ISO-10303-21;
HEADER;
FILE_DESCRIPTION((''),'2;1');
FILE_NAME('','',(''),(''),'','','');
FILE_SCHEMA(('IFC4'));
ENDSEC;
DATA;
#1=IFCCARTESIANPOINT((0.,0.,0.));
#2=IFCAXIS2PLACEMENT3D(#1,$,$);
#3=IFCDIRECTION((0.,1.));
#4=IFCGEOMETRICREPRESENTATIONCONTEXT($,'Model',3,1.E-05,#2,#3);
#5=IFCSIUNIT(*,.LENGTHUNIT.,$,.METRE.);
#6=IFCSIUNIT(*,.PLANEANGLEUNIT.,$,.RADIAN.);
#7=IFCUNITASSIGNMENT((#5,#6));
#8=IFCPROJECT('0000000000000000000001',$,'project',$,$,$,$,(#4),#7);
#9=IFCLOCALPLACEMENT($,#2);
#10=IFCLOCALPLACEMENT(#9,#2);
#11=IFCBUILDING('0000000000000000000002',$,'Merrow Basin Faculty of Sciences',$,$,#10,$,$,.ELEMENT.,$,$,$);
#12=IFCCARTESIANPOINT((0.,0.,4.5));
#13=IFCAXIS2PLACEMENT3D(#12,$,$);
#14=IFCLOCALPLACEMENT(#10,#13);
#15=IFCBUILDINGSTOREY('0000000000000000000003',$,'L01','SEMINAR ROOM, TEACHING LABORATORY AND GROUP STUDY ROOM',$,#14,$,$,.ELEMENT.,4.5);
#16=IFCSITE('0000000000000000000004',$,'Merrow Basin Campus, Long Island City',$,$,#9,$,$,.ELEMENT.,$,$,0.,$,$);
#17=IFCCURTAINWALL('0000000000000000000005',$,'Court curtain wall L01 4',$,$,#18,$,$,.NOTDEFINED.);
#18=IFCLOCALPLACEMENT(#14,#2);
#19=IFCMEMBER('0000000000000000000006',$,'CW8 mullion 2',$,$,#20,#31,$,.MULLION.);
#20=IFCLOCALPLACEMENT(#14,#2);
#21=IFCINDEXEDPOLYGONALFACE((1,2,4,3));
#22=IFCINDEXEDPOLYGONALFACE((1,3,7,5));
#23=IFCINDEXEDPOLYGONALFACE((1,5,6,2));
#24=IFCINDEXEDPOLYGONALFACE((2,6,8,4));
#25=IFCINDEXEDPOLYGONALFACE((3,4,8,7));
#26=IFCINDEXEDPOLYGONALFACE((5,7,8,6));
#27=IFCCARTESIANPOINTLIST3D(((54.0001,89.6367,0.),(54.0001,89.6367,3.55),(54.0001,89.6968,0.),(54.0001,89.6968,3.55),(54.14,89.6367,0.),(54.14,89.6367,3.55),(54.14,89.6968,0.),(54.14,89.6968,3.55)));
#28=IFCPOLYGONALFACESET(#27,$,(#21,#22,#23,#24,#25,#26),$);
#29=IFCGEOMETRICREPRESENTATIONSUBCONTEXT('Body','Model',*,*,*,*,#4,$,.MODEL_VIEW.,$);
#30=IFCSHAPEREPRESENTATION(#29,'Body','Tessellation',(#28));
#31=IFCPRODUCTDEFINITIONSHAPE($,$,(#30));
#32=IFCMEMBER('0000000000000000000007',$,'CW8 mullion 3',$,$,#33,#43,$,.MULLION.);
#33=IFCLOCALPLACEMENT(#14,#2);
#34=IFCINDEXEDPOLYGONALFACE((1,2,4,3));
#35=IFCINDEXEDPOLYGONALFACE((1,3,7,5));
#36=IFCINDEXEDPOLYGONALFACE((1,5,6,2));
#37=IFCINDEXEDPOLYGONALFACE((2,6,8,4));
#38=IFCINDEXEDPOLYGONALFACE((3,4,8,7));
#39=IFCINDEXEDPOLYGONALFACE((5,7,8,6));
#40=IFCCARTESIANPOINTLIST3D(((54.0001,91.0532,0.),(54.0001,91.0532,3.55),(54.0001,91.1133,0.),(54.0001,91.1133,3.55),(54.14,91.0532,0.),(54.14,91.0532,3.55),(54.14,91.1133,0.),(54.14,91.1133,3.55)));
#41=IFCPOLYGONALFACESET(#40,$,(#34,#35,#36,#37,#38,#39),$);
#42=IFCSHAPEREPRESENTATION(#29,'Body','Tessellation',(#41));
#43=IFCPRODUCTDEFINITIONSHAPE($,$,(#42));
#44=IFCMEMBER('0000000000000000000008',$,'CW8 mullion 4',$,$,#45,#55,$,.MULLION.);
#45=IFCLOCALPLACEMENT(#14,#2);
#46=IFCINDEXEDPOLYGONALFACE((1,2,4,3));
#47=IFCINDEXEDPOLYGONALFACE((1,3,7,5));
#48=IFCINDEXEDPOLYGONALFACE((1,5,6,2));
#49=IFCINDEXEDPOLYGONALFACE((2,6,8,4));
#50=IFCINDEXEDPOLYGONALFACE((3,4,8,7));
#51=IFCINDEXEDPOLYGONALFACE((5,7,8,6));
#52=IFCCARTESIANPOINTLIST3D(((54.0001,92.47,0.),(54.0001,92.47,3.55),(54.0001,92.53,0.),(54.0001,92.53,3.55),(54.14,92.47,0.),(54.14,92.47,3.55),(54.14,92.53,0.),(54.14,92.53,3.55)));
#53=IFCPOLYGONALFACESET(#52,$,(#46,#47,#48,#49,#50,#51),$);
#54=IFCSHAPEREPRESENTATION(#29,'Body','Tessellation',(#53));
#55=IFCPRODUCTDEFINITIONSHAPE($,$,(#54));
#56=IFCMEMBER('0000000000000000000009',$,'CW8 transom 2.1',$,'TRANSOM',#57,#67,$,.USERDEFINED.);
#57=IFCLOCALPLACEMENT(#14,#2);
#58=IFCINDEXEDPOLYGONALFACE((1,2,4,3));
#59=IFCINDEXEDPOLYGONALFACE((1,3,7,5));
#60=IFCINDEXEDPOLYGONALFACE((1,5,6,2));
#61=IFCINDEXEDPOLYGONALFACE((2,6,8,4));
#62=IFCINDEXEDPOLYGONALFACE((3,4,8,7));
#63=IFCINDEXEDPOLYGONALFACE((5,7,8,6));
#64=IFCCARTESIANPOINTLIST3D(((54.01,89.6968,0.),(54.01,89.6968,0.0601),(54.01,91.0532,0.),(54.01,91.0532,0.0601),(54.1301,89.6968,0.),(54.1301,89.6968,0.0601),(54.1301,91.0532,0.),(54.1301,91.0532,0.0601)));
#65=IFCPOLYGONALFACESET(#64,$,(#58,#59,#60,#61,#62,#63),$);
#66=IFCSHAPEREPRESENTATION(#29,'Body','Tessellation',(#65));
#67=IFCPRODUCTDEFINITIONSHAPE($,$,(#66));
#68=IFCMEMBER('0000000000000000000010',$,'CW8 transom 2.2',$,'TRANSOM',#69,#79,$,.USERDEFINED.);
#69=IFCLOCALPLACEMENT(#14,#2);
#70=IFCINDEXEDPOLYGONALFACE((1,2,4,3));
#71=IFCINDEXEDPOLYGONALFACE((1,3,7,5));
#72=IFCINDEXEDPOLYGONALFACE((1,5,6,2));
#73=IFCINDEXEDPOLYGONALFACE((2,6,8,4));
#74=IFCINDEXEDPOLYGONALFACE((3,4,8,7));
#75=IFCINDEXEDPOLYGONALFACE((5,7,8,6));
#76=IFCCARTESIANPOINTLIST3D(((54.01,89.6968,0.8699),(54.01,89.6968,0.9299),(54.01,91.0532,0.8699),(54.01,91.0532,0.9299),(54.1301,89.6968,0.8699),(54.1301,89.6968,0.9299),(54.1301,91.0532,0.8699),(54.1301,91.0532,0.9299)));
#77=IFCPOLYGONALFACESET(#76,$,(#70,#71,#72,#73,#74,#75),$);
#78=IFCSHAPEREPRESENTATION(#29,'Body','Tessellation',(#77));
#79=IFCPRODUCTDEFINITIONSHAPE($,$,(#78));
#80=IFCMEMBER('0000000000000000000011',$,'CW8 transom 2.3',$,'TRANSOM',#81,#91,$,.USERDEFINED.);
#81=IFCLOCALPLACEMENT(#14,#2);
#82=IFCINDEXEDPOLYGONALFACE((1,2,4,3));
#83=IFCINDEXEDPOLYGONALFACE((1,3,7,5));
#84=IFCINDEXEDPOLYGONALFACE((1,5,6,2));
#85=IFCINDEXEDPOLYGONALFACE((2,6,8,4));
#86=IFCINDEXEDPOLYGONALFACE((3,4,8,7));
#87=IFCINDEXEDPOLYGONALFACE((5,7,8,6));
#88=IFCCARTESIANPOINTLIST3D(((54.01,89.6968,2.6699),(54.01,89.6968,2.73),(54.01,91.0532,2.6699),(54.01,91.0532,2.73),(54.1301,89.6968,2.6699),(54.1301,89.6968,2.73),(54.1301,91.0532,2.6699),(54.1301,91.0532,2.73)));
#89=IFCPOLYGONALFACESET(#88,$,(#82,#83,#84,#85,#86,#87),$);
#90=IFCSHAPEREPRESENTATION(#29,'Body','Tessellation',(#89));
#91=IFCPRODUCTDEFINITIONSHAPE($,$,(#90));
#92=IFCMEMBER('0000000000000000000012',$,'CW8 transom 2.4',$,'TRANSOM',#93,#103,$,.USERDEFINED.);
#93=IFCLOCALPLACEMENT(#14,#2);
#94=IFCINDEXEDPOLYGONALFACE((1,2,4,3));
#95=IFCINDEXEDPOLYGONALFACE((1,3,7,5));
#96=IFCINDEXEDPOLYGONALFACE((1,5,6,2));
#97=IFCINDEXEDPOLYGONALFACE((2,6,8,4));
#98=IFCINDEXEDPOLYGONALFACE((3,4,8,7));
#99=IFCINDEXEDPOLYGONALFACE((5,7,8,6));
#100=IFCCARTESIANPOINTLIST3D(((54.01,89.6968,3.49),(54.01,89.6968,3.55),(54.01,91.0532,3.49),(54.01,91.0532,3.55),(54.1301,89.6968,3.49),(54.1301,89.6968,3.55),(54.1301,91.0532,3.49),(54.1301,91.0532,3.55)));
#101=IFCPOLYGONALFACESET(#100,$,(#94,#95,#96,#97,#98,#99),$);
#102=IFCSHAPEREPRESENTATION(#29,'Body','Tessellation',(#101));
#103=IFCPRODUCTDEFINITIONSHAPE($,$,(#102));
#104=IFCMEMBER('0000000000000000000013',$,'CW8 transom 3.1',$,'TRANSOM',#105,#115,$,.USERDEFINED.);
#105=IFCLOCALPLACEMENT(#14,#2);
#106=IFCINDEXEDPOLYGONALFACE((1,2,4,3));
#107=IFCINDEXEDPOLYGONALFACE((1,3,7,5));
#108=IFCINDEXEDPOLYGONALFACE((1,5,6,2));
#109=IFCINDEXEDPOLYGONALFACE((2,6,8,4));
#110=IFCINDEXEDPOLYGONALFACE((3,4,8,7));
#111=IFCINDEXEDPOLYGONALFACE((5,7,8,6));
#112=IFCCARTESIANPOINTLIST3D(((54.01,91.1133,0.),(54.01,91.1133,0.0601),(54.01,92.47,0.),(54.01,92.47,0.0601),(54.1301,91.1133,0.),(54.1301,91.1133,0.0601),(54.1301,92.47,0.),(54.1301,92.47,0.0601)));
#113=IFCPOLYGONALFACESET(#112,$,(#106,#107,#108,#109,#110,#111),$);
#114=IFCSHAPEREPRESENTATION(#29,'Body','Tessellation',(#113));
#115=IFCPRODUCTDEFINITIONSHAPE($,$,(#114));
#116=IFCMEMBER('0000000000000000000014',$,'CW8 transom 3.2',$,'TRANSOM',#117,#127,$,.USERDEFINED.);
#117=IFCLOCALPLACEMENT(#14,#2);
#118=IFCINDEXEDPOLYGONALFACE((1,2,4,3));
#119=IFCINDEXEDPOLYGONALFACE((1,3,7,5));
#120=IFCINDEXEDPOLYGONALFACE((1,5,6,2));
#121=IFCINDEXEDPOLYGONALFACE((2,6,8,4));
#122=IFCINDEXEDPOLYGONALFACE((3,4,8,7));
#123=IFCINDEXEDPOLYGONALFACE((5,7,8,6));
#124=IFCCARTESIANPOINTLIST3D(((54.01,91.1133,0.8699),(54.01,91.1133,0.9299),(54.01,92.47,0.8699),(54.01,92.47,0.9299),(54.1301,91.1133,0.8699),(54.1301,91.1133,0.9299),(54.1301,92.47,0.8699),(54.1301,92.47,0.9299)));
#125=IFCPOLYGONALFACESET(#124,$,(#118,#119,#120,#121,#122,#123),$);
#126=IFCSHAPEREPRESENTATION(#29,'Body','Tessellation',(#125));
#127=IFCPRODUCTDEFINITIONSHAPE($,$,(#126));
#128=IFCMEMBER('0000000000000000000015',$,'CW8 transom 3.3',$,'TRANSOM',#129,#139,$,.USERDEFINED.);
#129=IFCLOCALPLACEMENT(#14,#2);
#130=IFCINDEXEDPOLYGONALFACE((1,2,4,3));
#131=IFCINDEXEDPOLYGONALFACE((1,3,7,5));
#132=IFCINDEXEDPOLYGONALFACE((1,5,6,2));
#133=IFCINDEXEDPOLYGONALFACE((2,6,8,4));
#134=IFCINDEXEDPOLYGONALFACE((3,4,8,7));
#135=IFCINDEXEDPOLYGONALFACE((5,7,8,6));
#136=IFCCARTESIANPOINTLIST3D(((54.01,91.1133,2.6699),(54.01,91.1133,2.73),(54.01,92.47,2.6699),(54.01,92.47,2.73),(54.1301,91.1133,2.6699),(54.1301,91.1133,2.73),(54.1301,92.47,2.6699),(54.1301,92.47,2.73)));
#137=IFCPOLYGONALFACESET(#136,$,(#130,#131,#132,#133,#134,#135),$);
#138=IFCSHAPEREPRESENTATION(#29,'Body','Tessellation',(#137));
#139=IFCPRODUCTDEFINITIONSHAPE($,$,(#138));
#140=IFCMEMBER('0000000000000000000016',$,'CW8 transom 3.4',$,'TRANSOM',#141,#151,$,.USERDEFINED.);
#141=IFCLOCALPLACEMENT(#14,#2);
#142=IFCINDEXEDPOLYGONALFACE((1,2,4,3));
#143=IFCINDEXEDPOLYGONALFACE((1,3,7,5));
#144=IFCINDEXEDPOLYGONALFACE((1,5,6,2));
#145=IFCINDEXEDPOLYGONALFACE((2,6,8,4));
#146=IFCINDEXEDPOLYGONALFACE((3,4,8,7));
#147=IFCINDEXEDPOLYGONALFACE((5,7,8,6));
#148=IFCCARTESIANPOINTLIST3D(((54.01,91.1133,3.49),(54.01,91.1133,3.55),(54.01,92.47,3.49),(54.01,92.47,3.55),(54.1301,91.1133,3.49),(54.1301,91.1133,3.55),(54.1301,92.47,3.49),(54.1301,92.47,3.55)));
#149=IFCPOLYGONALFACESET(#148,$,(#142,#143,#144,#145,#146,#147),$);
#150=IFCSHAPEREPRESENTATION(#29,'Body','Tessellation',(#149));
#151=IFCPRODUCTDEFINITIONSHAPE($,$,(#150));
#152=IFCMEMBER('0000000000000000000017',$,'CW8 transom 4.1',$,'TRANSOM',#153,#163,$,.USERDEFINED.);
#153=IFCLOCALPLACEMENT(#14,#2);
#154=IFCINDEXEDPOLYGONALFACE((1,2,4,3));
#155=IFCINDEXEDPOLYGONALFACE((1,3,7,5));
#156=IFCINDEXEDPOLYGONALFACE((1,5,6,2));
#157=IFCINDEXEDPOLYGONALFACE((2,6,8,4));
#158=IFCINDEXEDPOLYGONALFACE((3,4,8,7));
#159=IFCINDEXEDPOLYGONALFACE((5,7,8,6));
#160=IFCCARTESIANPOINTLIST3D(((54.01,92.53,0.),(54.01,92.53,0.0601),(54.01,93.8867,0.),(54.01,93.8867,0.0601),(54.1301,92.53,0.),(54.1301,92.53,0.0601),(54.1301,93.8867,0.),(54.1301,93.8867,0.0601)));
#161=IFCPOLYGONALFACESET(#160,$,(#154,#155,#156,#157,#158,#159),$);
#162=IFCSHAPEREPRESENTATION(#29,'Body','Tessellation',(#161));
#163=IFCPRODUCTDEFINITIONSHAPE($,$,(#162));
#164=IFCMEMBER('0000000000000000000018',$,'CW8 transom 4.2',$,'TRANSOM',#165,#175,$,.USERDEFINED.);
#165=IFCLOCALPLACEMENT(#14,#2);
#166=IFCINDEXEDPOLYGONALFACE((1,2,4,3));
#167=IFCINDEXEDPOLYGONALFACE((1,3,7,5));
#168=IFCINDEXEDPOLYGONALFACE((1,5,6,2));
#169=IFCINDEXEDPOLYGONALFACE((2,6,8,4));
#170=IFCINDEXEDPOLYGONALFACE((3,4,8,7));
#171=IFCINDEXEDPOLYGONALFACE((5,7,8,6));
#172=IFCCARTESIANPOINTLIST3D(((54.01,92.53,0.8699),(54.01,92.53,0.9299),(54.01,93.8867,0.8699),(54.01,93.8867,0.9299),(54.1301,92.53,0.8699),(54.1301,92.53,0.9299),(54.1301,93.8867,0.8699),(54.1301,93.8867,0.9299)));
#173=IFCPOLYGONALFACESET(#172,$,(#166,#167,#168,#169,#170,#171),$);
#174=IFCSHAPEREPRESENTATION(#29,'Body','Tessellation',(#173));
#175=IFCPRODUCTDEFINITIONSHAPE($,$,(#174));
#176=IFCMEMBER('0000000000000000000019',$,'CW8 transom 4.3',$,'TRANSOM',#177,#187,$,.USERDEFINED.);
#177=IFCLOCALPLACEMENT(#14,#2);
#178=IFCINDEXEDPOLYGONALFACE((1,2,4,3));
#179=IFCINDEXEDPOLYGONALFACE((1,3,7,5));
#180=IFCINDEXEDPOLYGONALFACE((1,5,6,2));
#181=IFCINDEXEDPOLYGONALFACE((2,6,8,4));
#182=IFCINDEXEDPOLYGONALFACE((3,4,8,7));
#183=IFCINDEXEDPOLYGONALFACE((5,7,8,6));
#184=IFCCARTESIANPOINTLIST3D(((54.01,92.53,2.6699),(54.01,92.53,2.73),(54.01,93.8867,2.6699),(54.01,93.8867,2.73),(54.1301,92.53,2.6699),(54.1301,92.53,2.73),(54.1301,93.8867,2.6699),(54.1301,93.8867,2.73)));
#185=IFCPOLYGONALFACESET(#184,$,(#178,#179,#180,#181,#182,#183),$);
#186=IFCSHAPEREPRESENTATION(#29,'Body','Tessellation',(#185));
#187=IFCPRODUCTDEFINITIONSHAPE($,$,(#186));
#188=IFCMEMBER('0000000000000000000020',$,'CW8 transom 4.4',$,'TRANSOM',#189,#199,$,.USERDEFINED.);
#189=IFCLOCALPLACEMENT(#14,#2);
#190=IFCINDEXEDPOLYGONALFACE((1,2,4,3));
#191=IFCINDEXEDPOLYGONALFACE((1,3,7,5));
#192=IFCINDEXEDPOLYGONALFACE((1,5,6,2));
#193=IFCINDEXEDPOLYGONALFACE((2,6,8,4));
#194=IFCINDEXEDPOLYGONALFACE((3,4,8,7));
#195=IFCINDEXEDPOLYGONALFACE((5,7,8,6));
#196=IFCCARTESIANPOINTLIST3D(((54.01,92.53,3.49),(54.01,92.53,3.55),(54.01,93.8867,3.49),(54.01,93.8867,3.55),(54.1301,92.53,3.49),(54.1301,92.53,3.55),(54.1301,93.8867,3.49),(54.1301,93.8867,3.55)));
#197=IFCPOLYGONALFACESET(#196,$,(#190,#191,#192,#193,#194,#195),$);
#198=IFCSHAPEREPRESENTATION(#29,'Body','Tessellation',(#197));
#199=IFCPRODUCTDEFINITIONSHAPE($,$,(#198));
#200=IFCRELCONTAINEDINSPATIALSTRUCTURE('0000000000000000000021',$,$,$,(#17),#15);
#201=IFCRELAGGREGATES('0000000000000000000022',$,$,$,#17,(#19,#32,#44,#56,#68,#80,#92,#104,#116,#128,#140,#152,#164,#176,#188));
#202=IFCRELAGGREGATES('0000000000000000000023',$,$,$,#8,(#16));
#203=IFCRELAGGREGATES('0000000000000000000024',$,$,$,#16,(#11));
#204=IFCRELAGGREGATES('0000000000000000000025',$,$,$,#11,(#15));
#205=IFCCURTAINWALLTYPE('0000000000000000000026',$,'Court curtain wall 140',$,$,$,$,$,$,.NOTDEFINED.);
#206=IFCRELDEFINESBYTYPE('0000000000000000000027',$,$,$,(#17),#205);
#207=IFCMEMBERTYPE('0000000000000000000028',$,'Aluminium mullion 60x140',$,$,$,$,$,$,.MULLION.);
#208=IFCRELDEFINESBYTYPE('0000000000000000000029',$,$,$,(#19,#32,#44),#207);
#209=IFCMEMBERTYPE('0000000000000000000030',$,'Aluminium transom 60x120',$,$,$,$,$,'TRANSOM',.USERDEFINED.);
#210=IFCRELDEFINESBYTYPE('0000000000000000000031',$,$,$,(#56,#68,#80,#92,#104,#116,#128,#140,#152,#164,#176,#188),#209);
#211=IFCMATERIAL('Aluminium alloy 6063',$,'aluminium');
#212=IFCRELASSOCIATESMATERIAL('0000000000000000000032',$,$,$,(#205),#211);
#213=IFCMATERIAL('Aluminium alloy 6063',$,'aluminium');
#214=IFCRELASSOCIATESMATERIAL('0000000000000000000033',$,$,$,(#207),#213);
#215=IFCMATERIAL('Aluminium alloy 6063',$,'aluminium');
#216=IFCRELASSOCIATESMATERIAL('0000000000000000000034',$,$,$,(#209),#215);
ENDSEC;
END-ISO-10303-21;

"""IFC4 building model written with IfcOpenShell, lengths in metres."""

from ifc_helpers import new_model, si_unit, direction, frame, origin, origin_2d, place, context, subcontext, project, spatial, rectangle, extrude, material, material_profile, profile_set, type_object, element, aggregate, save


model = new_model("IFC4")

# Units and contexts
model_context = context("Model", 3, precision=1e-05, world=origin(), true_north=direction((0.0, 1.0)))
body_context = subcontext(model_context, "Body", "Model", "MODEL_VIEW")
ifc_project = project(units=[si_unit("LENGTHUNIT", "METRE"), si_unit("PLANEANGLEUNIT", "RADIAN")], contexts=[model_context])

# Site, building, storey
site_placement = place(None, origin())
site = spatial("IfcSite", under=ifc_project, at=site_placement, Name="Merrow Basin Campus, Long Island City", CompositionType="ELEMENT", RefElevation=0.0)
building_placement = place(site_placement, origin())
building = spatial("IfcBuilding", under=site, at=building_placement, Name="Merrow Basin Faculty of Sciences", CompositionType="ELEMENT")
storey_placement = place(building_placement, frame((0.0, 0.0, 4.5)))
storey = spatial("IfcBuildingStorey", under=building, at=storey_placement, Name="L01", Description="SEMINAR ROOM, TEACHING LABORATORY AND GROUP STUDY ROOM", CompositionType="ELEMENT", Elevation=4.5)

# Curtain wall, members
ifc_material_1 = material(Name="Aluminium alloy 6063", Category="aluminium")
curtain_wall_type = type_object("IfcCurtainWallType", Name="Court curtain wall 140", PredefinedType="NOTDEFINED", material=ifc_material_1)
curtain_wall_placement = place(storey_placement, origin())
curtain_wall = element("IfcCurtainWall", 1, at=curtain_wall_placement, inside=storey, type_object=curtain_wall_type, Name="Court curtain wall L01 4", PredefinedType="NOTDEFINED")
ifc_material_2 = material(Name="Aluminium alloy 6063", Category="aluminium")
ifc_material_profile_1 = material_profile(ifc_material_2, rectangle(XDim=0.1399, YDim=0.0601, at=origin_2d()))
ifc_profile_set_1 = profile_set([ifc_material_profile_1], Name="Aluminium alloy 6063")
member_type_1 = type_object("IfcMemberType", Name="Aluminium mullion 60x140", PredefinedType="MULLION", material=ifc_profile_set_1)
member_1_placement = place(storey_placement, frame((54.0701, 89.6667, 0.0), z_axis=(0.0, 0.0, 1.0), x_axis=(-1.0, 0.0, 0.0)))
member_1 = element("IfcMember", 2, at=member_1_placement, type_object=member_type_1, Name="CW8 mullion 2", PredefinedType="MULLION", context=body_context, shape_type="SweptSolid", body=[
    extrude(rectangle(XDim=0.1399, YDim=0.0601, at=origin_2d()), origin(), (0.0, 0.0, 1.0), 3.55),
])
member_2_placement = place(storey_placement, frame((54.0701, 91.0833, 0.0), z_axis=(0.0, 0.0, 1.0), x_axis=(-1.0, 0.0, 0.0)))
member_2 = element("IfcMember", 3, at=member_2_placement, type_object=member_type_1, Name="CW8 mullion 3", PredefinedType="MULLION", context=body_context, shape_type="SweptSolid", body=[
    extrude(rectangle(XDim=0.1399, YDim=0.0601, at=origin_2d()), origin(), (0.0, 0.0, 1.0), 3.55),
])
member_3_placement = place(storey_placement, frame((54.0701, 92.5, 0.0), z_axis=(0.0, 0.0, 1.0), x_axis=(-1.0, 0.0, 0.0)))
member_3 = element("IfcMember", 4, at=member_3_placement, type_object=member_type_1, Name="CW8 mullion 4", PredefinedType="MULLION", context=body_context, shape_type="SweptSolid", body=[
    extrude(rectangle(XDim=0.1399, YDim=0.0601, at=origin_2d()), origin(), (0.0, 0.0, 1.0), 3.55),
])
ifc_material_3 = material(Name="Aluminium alloy 6063", Category="aluminium")
ifc_material_profile_2 = material_profile(ifc_material_3, rectangle(XDim=0.1201, YDim=0.0601, at=origin_2d()))
ifc_profile_set_2 = profile_set([ifc_material_profile_2], Name="Aluminium alloy 6063")
member_type_2 = type_object("IfcMemberType", Name="Aluminium transom 60x120", ElementType="TRANSOM", PredefinedType="USERDEFINED", material=ifc_profile_set_2)
member_4_placement = place(storey_placement, frame((54.0701, 89.6968, 0.03), z_axis=(0.0, 1.0, 0.0), x_axis=(-1.0, 0.0, 0.0)))
member_4 = element("IfcMember", 5, at=member_4_placement, type_object=member_type_2, Name="CW8 transom 2.1", ObjectType="TRANSOM", PredefinedType="USERDEFINED", context=body_context, shape_type="SweptSolid", body=[
    extrude(rectangle(XDim=0.1201, YDim=0.0601, at=origin_2d()), origin(), (0.0, 0.0, 1.0), 1.3564),
])
member_5_placement = place(storey_placement, frame((54.0701, 89.6968, 0.8999), z_axis=(0.0, 1.0, 0.0), x_axis=(-1.0, 0.0, 0.0)))
member_5 = element("IfcMember", 6, at=member_5_placement, type_object=member_type_2, Name="CW8 transom 2.2", ObjectType="TRANSOM", PredefinedType="USERDEFINED", context=body_context, shape_type="SweptSolid", body=[
    extrude(rectangle(XDim=0.1201, YDim=0.0601, at=origin_2d()), origin(), (0.0, 0.0, 1.0), 1.3564),
])
member_6_placement = place(storey_placement, frame((54.0701, 89.6968, 2.7), z_axis=(0.0, 1.0, 0.0), x_axis=(-1.0, 0.0, 0.0)))
member_6 = element("IfcMember", 7, at=member_6_placement, type_object=member_type_2, Name="CW8 transom 2.3", ObjectType="TRANSOM", PredefinedType="USERDEFINED", context=body_context, shape_type="SweptSolid", body=[
    extrude(rectangle(XDim=0.1201, YDim=0.0601, at=origin_2d()), origin(), (0.0, 0.0, 1.0), 1.3564),
])
member_7_placement = place(storey_placement, frame((54.0701, 89.6968, 3.52), z_axis=(0.0, 1.0, 0.0), x_axis=(-1.0, 0.0, 0.0)))
member_7 = element("IfcMember", 8, at=member_7_placement, type_object=member_type_2, Name="CW8 transom 2.4", ObjectType="TRANSOM", PredefinedType="USERDEFINED", context=body_context, shape_type="SweptSolid", body=[
    extrude(rectangle(XDim=0.1201, YDim=0.0601, at=origin_2d()), origin(), (0.0, 0.0, 1.0), 1.3564),
])
member_8_placement = place(storey_placement, frame((54.0701, 91.1133, 0.03), z_axis=(0.0, 1.0, 0.0), x_axis=(-1.0, 0.0, 0.0)))
member_8 = element("IfcMember", 9, at=member_8_placement, type_object=member_type_2, Name="CW8 transom 3.1", ObjectType="TRANSOM", PredefinedType="USERDEFINED", context=body_context, shape_type="SweptSolid", body=[
    extrude(rectangle(XDim=0.1201, YDim=0.0601, at=origin_2d()), origin(), (0.0, 0.0, 1.0), 1.3567),
])
member_9_placement = place(storey_placement, frame((54.0701, 91.1133, 0.8999), z_axis=(0.0, 1.0, 0.0), x_axis=(-1.0, 0.0, 0.0)))
member_9 = element("IfcMember", 10, at=member_9_placement, type_object=member_type_2, Name="CW8 transom 3.2", ObjectType="TRANSOM", PredefinedType="USERDEFINED", context=body_context, shape_type="SweptSolid", body=[
    extrude(rectangle(XDim=0.1201, YDim=0.0601, at=origin_2d()), origin(), (0.0, 0.0, 1.0), 1.3567),
])
member_10_placement = place(storey_placement, frame((54.0701, 91.1133, 2.7), z_axis=(0.0, 1.0, 0.0), x_axis=(-1.0, 0.0, 0.0)))
member_10 = element("IfcMember", 11, at=member_10_placement, type_object=member_type_2, Name="CW8 transom 3.3", ObjectType="TRANSOM", PredefinedType="USERDEFINED", context=body_context, shape_type="SweptSolid", body=[
    extrude(rectangle(XDim=0.1201, YDim=0.0601, at=origin_2d()), origin(), (0.0, 0.0, 1.0), 1.3567),
])
member_11_placement = place(storey_placement, frame((54.0701, 91.1133, 3.52), z_axis=(0.0, 1.0, 0.0), x_axis=(-1.0, 0.0, 0.0)))
member_11 = element("IfcMember", 12, at=member_11_placement, type_object=member_type_2, Name="CW8 transom 3.4", ObjectType="TRANSOM", PredefinedType="USERDEFINED", context=body_context, shape_type="SweptSolid", body=[
    extrude(rectangle(XDim=0.1201, YDim=0.0601, at=origin_2d()), origin(), (0.0, 0.0, 1.0), 1.3567),
])
member_12_placement = place(storey_placement, frame((54.0701, 92.53, 0.03), z_axis=(0.0, 1.0, 0.0), x_axis=(-1.0, 0.0, 0.0)))
member_12 = element("IfcMember", 13, at=member_12_placement, type_object=member_type_2, Name="CW8 transom 4.1", ObjectType="TRANSOM", PredefinedType="USERDEFINED", context=body_context, shape_type="SweptSolid", body=[
    extrude(rectangle(XDim=0.1201, YDim=0.0601, at=origin_2d()), origin(), (0.0, 0.0, 1.0), 1.3567),
])
member_13_placement = place(storey_placement, frame((54.0701, 92.53, 0.8999), z_axis=(0.0, 1.0, 0.0), x_axis=(-1.0, 0.0, 0.0)))
member_13 = element("IfcMember", 14, at=member_13_placement, type_object=member_type_2, Name="CW8 transom 4.2", ObjectType="TRANSOM", PredefinedType="USERDEFINED", context=body_context, shape_type="SweptSolid", body=[
    extrude(rectangle(XDim=0.1201, YDim=0.0601, at=origin_2d()), origin(), (0.0, 0.0, 1.0), 1.3567),
])
member_14_placement = place(storey_placement, frame((54.0701, 92.53, 2.7), z_axis=(0.0, 1.0, 0.0), x_axis=(-1.0, 0.0, 0.0)))
member_14 = element("IfcMember", 15, at=member_14_placement, type_object=member_type_2, Name="CW8 transom 4.3", ObjectType="TRANSOM", PredefinedType="USERDEFINED", context=body_context, shape_type="SweptSolid", body=[
    extrude(rectangle(XDim=0.1201, YDim=0.0601, at=origin_2d()), origin(), (0.0, 0.0, 1.0), 1.3567),
])
member_15_placement = place(storey_placement, frame((54.0701, 92.53, 3.52), z_axis=(0.0, 1.0, 0.0), x_axis=(-1.0, 0.0, 0.0)))
member_15 = element("IfcMember", 16, at=member_15_placement, type_object=member_type_2, Name="CW8 transom 4.4", ObjectType="TRANSOM", PredefinedType="USERDEFINED", context=body_context, shape_type="SweptSolid", body=[
    extrude(rectangle(XDim=0.1201, YDim=0.0601, at=origin_2d()), origin(), (0.0, 0.0, 1.0), 1.3567),
])
aggregate(curtain_wall, [member_1, member_2, member_3, member_4, member_5, member_6, member_7, member_8, member_9, member_10, member_11, member_12, member_13, member_14, member_15])

save(model, "model.ifc")
